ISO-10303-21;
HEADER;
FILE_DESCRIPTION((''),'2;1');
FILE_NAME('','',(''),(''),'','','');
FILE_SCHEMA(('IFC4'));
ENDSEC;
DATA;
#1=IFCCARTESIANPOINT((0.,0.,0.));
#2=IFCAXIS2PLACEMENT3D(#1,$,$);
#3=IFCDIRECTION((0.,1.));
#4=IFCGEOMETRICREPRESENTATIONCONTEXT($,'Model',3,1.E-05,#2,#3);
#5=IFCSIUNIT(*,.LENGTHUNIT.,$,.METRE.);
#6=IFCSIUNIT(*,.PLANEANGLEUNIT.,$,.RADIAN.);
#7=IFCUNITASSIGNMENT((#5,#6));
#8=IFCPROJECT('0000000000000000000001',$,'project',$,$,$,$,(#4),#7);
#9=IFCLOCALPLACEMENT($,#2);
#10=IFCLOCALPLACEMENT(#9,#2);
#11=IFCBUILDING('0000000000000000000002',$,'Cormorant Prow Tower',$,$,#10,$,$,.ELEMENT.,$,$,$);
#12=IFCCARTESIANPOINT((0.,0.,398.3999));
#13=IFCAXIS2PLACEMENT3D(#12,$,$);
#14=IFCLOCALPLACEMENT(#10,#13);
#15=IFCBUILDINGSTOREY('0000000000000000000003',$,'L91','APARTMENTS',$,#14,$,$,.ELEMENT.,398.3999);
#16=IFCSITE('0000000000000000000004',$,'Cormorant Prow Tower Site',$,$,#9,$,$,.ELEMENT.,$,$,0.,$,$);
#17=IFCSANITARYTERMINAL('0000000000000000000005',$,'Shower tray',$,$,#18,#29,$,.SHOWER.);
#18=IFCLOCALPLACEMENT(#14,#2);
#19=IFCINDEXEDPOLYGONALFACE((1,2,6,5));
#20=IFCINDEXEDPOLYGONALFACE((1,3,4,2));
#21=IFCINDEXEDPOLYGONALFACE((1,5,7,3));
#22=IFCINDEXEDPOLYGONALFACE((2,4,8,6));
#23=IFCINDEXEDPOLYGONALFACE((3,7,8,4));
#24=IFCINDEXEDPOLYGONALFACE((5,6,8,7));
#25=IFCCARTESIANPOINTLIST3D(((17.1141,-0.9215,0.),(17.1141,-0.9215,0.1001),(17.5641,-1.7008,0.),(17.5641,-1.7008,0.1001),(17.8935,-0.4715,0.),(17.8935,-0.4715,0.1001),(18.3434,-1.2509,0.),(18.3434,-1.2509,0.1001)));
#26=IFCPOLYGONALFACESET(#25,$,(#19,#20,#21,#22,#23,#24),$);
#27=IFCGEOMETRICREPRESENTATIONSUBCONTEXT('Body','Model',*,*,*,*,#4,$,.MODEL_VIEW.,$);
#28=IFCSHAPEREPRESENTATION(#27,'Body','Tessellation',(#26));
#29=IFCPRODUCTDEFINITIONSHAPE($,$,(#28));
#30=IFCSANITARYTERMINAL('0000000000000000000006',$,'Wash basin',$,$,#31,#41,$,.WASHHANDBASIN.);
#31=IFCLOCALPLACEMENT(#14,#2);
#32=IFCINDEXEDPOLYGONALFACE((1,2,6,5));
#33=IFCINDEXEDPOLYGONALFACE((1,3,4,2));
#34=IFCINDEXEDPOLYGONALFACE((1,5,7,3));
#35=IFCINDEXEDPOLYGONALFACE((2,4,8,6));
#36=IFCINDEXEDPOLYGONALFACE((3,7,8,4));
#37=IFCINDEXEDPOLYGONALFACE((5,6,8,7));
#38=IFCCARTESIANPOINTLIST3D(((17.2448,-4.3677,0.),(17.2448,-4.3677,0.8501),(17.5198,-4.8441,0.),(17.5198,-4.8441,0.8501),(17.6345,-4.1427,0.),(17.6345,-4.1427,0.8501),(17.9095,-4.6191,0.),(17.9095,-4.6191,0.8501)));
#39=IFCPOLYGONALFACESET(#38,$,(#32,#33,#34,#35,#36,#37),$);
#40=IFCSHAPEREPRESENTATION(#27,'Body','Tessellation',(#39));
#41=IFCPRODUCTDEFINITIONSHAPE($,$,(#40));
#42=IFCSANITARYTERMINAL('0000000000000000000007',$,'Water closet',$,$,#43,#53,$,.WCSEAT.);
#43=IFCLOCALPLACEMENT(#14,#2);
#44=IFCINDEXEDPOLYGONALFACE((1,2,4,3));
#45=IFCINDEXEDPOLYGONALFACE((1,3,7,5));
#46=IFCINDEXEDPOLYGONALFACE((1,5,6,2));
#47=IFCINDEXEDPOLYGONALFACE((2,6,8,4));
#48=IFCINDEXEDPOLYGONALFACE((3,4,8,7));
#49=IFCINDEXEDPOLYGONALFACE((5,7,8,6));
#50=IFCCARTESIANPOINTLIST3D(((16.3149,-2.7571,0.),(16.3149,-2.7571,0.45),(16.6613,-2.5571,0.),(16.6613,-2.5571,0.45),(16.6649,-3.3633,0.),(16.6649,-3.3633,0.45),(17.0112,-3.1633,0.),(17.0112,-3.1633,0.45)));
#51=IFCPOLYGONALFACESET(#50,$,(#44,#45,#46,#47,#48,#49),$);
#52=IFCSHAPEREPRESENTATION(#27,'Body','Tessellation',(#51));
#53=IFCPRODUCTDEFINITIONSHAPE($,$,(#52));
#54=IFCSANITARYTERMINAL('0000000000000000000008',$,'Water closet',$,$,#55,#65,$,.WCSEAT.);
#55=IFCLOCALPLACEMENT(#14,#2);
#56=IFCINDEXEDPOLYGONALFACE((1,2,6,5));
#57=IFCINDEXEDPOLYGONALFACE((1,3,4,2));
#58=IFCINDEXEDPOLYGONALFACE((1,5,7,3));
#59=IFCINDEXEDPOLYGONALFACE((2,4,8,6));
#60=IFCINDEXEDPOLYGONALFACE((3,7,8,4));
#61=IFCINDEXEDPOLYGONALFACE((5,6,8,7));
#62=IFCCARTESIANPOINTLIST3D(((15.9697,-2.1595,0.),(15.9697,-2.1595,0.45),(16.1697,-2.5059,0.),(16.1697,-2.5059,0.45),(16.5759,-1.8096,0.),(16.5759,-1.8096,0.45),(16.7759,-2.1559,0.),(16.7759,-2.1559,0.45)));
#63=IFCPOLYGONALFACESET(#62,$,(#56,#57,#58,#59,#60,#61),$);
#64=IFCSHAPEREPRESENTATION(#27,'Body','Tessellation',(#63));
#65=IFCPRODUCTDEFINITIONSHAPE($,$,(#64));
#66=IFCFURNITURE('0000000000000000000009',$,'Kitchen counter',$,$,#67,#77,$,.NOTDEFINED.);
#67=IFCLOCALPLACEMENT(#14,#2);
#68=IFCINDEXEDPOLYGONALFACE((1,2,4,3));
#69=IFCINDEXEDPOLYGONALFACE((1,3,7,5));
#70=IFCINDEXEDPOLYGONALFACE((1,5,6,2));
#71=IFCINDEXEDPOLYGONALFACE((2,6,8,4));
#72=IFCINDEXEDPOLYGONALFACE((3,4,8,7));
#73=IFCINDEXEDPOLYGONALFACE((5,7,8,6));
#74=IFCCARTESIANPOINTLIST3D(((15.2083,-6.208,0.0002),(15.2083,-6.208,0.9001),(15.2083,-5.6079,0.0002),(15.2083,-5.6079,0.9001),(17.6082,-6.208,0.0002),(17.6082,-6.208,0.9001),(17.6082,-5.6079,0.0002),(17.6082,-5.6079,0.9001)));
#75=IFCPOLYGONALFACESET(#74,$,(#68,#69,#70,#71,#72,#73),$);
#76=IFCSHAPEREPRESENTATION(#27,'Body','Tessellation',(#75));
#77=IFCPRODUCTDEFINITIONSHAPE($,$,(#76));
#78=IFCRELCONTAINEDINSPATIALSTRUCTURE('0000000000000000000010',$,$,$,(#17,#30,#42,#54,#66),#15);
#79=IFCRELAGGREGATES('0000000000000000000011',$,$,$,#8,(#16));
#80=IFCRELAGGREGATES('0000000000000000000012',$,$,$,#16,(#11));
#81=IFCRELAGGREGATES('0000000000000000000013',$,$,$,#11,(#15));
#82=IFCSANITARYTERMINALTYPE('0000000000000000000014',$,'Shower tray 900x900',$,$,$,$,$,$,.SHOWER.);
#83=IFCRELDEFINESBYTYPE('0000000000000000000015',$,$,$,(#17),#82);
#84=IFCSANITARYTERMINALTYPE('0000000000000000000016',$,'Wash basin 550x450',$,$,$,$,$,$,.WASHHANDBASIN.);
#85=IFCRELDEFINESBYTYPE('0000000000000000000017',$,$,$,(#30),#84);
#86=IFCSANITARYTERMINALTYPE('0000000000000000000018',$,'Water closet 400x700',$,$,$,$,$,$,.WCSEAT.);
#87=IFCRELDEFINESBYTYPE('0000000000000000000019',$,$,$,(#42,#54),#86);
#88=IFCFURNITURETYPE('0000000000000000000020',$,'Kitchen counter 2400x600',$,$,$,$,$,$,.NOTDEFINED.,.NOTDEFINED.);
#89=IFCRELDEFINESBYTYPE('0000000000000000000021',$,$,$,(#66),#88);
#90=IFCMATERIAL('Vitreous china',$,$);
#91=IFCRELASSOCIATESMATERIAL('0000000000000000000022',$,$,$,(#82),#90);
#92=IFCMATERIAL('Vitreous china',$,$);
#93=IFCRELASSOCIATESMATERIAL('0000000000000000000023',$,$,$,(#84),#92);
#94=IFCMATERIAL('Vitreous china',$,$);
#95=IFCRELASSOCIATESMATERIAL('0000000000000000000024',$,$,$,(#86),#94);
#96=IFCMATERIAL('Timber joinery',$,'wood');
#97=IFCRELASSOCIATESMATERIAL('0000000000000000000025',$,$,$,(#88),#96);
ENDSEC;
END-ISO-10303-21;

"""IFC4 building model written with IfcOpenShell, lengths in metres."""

from ifc_helpers import new_model, si_unit, direction, frame, origin, origin_2d, place, context, subcontext, project, spatial, rectangle, extrude, material, type_object, element, save


model = new_model("IFC4")

# Units and contexts
model_context = context("Model", 3, precision=1e-05, world=origin(), true_north=direction((0.0, 1.0)))
body_context = subcontext(model_context, "Body", "Model", "MODEL_VIEW")
ifc_project = project(units=[si_unit("LENGTHUNIT", "METRE"), si_unit("PLANEANGLEUNIT", "RADIAN")], contexts=[model_context])

# Site, building, storey
site_placement = place(None, origin())
site = spatial("IfcSite", under=ifc_project, at=site_placement, Name="Cormorant Prow Tower Site", CompositionType="ELEMENT", RefElevation=0.0)
building_placement = place(site_placement, origin())
building = spatial("IfcBuilding", under=site, at=building_placement, Name="Cormorant Prow Tower", CompositionType="ELEMENT")
storey_placement = place(building_placement, frame((0.0, 0.0, 398.3999)))
storey = spatial("IfcBuildingStorey", under=building, at=storey_placement, Name="L91", Description="APARTMENTS", CompositionType="ELEMENT", Elevation=398.3999)

# Sanitary terminals
ifc_material_1 = material(Name="Vitreous china")
sanitary_terminal_type_1 = type_object("IfcSanitaryTerminalType", Name="Shower tray 900x900", PredefinedType="SHOWER", material=ifc_material_1)
for number, where, z_axis, x_axis, name in (
    (1, (17.7288, -1.0862, 0.0), (0.0, 0.0, 1.0), (-0.866025, -0.5, 0.0), "Shower tray"),
):
    element("IfcSanitaryTerminal", number, at=place(storey_placement, frame(where, z_axis=z_axis, x_axis=x_axis)), inside=storey, type_object=sanitary_terminal_type_1, Name=name, PredefinedType="SHOWER", context=body_context, shape_type="SweptSolid", body=[
        extrude(rectangle(XDim=0.8999, YDim=0.8999, at=origin_2d()), origin(), (0.0, 0.0, 1.0), 0.1001),
    ])
ifc_material_2 = material(Name="Vitreous china")
sanitary_terminal_type_2 = type_object("IfcSanitaryTerminalType", Name="Wash basin 550x450", PredefinedType="WASHHANDBASIN", material=ifc_material_2)
sanitary_terminal_placement = place(storey_placement, frame((17.5771, -4.4934, 0.0), z_axis=(0.0, 0.0, 1.0), x_axis=(-0.5, 0.866025, 0.0)))
element("IfcSanitaryTerminal", 2, at=sanitary_terminal_placement, inside=storey, type_object=sanitary_terminal_type_2, Name="Wash basin", PredefinedType="WASHHANDBASIN", context=body_context, shape_type="SweptSolid", body=[
    extrude(rectangle(XDim=0.55, YDim=0.45, at=origin_2d()), origin(), (0.0, 0.0, 1.0), 0.8501),
])
ifc_material_3 = material(Name="Vitreous china")
sanitary_terminal_type_3 = type_object("IfcSanitaryTerminalType", Name="Water closet 400x700", PredefinedType="WCSEAT", material=ifc_material_3)
for number, where, z_axis, x_axis, name in (
    (3, (16.6631, -2.9602, 0.0), (0.0, 0.0, 1.0), (0.866025, 0.5, 0.0), "Water closet"),
    (4, (16.3728, -2.1577, 0.0), (0.0, 0.0, 1.0), (-0.5, 0.866025, 0.0), "Water closet"),
):
    element("IfcSanitaryTerminal", number, at=place(storey_placement, frame(where, z_axis=z_axis, x_axis=x_axis)), inside=storey, type_object=sanitary_terminal_type_3, Name=name, PredefinedType="WCSEAT", context=body_context, shape_type="SweptSolid", body=[
        extrude(rectangle(XDim=0.3999, YDim=0.7, at=origin_2d()), origin(), (0.0, 0.0, 1.0), 0.45),
    ])

# Furniture
ifc_material_4 = material(Name="Timber joinery", Category="wood")
furniture_type = type_object("IfcFurnitureType", Name="Kitchen counter 2400x600", AssemblyPlace="NOTDEFINED", PredefinedType="NOTDEFINED", material=ifc_material_4)
furniture_placement = place(storey_placement, frame((16.4082, -5.908, 0.0002), z_axis=(0.0, 0.0, 1.0), x_axis=(1.0, 0.0, 0.0)))
element("IfcFurniture", 5, at=furniture_placement, inside=storey, type_object=furniture_type, Name="Kitchen counter", PredefinedType="NOTDEFINED", context=body_context, shape_type="SweptSolid", body=[
    extrude(rectangle(XDim=2.3999, YDim=0.6001, at=origin_2d()), origin(), (0.0, 0.0, 1.0), 0.8999),
])

save(model, "model.ifc")
